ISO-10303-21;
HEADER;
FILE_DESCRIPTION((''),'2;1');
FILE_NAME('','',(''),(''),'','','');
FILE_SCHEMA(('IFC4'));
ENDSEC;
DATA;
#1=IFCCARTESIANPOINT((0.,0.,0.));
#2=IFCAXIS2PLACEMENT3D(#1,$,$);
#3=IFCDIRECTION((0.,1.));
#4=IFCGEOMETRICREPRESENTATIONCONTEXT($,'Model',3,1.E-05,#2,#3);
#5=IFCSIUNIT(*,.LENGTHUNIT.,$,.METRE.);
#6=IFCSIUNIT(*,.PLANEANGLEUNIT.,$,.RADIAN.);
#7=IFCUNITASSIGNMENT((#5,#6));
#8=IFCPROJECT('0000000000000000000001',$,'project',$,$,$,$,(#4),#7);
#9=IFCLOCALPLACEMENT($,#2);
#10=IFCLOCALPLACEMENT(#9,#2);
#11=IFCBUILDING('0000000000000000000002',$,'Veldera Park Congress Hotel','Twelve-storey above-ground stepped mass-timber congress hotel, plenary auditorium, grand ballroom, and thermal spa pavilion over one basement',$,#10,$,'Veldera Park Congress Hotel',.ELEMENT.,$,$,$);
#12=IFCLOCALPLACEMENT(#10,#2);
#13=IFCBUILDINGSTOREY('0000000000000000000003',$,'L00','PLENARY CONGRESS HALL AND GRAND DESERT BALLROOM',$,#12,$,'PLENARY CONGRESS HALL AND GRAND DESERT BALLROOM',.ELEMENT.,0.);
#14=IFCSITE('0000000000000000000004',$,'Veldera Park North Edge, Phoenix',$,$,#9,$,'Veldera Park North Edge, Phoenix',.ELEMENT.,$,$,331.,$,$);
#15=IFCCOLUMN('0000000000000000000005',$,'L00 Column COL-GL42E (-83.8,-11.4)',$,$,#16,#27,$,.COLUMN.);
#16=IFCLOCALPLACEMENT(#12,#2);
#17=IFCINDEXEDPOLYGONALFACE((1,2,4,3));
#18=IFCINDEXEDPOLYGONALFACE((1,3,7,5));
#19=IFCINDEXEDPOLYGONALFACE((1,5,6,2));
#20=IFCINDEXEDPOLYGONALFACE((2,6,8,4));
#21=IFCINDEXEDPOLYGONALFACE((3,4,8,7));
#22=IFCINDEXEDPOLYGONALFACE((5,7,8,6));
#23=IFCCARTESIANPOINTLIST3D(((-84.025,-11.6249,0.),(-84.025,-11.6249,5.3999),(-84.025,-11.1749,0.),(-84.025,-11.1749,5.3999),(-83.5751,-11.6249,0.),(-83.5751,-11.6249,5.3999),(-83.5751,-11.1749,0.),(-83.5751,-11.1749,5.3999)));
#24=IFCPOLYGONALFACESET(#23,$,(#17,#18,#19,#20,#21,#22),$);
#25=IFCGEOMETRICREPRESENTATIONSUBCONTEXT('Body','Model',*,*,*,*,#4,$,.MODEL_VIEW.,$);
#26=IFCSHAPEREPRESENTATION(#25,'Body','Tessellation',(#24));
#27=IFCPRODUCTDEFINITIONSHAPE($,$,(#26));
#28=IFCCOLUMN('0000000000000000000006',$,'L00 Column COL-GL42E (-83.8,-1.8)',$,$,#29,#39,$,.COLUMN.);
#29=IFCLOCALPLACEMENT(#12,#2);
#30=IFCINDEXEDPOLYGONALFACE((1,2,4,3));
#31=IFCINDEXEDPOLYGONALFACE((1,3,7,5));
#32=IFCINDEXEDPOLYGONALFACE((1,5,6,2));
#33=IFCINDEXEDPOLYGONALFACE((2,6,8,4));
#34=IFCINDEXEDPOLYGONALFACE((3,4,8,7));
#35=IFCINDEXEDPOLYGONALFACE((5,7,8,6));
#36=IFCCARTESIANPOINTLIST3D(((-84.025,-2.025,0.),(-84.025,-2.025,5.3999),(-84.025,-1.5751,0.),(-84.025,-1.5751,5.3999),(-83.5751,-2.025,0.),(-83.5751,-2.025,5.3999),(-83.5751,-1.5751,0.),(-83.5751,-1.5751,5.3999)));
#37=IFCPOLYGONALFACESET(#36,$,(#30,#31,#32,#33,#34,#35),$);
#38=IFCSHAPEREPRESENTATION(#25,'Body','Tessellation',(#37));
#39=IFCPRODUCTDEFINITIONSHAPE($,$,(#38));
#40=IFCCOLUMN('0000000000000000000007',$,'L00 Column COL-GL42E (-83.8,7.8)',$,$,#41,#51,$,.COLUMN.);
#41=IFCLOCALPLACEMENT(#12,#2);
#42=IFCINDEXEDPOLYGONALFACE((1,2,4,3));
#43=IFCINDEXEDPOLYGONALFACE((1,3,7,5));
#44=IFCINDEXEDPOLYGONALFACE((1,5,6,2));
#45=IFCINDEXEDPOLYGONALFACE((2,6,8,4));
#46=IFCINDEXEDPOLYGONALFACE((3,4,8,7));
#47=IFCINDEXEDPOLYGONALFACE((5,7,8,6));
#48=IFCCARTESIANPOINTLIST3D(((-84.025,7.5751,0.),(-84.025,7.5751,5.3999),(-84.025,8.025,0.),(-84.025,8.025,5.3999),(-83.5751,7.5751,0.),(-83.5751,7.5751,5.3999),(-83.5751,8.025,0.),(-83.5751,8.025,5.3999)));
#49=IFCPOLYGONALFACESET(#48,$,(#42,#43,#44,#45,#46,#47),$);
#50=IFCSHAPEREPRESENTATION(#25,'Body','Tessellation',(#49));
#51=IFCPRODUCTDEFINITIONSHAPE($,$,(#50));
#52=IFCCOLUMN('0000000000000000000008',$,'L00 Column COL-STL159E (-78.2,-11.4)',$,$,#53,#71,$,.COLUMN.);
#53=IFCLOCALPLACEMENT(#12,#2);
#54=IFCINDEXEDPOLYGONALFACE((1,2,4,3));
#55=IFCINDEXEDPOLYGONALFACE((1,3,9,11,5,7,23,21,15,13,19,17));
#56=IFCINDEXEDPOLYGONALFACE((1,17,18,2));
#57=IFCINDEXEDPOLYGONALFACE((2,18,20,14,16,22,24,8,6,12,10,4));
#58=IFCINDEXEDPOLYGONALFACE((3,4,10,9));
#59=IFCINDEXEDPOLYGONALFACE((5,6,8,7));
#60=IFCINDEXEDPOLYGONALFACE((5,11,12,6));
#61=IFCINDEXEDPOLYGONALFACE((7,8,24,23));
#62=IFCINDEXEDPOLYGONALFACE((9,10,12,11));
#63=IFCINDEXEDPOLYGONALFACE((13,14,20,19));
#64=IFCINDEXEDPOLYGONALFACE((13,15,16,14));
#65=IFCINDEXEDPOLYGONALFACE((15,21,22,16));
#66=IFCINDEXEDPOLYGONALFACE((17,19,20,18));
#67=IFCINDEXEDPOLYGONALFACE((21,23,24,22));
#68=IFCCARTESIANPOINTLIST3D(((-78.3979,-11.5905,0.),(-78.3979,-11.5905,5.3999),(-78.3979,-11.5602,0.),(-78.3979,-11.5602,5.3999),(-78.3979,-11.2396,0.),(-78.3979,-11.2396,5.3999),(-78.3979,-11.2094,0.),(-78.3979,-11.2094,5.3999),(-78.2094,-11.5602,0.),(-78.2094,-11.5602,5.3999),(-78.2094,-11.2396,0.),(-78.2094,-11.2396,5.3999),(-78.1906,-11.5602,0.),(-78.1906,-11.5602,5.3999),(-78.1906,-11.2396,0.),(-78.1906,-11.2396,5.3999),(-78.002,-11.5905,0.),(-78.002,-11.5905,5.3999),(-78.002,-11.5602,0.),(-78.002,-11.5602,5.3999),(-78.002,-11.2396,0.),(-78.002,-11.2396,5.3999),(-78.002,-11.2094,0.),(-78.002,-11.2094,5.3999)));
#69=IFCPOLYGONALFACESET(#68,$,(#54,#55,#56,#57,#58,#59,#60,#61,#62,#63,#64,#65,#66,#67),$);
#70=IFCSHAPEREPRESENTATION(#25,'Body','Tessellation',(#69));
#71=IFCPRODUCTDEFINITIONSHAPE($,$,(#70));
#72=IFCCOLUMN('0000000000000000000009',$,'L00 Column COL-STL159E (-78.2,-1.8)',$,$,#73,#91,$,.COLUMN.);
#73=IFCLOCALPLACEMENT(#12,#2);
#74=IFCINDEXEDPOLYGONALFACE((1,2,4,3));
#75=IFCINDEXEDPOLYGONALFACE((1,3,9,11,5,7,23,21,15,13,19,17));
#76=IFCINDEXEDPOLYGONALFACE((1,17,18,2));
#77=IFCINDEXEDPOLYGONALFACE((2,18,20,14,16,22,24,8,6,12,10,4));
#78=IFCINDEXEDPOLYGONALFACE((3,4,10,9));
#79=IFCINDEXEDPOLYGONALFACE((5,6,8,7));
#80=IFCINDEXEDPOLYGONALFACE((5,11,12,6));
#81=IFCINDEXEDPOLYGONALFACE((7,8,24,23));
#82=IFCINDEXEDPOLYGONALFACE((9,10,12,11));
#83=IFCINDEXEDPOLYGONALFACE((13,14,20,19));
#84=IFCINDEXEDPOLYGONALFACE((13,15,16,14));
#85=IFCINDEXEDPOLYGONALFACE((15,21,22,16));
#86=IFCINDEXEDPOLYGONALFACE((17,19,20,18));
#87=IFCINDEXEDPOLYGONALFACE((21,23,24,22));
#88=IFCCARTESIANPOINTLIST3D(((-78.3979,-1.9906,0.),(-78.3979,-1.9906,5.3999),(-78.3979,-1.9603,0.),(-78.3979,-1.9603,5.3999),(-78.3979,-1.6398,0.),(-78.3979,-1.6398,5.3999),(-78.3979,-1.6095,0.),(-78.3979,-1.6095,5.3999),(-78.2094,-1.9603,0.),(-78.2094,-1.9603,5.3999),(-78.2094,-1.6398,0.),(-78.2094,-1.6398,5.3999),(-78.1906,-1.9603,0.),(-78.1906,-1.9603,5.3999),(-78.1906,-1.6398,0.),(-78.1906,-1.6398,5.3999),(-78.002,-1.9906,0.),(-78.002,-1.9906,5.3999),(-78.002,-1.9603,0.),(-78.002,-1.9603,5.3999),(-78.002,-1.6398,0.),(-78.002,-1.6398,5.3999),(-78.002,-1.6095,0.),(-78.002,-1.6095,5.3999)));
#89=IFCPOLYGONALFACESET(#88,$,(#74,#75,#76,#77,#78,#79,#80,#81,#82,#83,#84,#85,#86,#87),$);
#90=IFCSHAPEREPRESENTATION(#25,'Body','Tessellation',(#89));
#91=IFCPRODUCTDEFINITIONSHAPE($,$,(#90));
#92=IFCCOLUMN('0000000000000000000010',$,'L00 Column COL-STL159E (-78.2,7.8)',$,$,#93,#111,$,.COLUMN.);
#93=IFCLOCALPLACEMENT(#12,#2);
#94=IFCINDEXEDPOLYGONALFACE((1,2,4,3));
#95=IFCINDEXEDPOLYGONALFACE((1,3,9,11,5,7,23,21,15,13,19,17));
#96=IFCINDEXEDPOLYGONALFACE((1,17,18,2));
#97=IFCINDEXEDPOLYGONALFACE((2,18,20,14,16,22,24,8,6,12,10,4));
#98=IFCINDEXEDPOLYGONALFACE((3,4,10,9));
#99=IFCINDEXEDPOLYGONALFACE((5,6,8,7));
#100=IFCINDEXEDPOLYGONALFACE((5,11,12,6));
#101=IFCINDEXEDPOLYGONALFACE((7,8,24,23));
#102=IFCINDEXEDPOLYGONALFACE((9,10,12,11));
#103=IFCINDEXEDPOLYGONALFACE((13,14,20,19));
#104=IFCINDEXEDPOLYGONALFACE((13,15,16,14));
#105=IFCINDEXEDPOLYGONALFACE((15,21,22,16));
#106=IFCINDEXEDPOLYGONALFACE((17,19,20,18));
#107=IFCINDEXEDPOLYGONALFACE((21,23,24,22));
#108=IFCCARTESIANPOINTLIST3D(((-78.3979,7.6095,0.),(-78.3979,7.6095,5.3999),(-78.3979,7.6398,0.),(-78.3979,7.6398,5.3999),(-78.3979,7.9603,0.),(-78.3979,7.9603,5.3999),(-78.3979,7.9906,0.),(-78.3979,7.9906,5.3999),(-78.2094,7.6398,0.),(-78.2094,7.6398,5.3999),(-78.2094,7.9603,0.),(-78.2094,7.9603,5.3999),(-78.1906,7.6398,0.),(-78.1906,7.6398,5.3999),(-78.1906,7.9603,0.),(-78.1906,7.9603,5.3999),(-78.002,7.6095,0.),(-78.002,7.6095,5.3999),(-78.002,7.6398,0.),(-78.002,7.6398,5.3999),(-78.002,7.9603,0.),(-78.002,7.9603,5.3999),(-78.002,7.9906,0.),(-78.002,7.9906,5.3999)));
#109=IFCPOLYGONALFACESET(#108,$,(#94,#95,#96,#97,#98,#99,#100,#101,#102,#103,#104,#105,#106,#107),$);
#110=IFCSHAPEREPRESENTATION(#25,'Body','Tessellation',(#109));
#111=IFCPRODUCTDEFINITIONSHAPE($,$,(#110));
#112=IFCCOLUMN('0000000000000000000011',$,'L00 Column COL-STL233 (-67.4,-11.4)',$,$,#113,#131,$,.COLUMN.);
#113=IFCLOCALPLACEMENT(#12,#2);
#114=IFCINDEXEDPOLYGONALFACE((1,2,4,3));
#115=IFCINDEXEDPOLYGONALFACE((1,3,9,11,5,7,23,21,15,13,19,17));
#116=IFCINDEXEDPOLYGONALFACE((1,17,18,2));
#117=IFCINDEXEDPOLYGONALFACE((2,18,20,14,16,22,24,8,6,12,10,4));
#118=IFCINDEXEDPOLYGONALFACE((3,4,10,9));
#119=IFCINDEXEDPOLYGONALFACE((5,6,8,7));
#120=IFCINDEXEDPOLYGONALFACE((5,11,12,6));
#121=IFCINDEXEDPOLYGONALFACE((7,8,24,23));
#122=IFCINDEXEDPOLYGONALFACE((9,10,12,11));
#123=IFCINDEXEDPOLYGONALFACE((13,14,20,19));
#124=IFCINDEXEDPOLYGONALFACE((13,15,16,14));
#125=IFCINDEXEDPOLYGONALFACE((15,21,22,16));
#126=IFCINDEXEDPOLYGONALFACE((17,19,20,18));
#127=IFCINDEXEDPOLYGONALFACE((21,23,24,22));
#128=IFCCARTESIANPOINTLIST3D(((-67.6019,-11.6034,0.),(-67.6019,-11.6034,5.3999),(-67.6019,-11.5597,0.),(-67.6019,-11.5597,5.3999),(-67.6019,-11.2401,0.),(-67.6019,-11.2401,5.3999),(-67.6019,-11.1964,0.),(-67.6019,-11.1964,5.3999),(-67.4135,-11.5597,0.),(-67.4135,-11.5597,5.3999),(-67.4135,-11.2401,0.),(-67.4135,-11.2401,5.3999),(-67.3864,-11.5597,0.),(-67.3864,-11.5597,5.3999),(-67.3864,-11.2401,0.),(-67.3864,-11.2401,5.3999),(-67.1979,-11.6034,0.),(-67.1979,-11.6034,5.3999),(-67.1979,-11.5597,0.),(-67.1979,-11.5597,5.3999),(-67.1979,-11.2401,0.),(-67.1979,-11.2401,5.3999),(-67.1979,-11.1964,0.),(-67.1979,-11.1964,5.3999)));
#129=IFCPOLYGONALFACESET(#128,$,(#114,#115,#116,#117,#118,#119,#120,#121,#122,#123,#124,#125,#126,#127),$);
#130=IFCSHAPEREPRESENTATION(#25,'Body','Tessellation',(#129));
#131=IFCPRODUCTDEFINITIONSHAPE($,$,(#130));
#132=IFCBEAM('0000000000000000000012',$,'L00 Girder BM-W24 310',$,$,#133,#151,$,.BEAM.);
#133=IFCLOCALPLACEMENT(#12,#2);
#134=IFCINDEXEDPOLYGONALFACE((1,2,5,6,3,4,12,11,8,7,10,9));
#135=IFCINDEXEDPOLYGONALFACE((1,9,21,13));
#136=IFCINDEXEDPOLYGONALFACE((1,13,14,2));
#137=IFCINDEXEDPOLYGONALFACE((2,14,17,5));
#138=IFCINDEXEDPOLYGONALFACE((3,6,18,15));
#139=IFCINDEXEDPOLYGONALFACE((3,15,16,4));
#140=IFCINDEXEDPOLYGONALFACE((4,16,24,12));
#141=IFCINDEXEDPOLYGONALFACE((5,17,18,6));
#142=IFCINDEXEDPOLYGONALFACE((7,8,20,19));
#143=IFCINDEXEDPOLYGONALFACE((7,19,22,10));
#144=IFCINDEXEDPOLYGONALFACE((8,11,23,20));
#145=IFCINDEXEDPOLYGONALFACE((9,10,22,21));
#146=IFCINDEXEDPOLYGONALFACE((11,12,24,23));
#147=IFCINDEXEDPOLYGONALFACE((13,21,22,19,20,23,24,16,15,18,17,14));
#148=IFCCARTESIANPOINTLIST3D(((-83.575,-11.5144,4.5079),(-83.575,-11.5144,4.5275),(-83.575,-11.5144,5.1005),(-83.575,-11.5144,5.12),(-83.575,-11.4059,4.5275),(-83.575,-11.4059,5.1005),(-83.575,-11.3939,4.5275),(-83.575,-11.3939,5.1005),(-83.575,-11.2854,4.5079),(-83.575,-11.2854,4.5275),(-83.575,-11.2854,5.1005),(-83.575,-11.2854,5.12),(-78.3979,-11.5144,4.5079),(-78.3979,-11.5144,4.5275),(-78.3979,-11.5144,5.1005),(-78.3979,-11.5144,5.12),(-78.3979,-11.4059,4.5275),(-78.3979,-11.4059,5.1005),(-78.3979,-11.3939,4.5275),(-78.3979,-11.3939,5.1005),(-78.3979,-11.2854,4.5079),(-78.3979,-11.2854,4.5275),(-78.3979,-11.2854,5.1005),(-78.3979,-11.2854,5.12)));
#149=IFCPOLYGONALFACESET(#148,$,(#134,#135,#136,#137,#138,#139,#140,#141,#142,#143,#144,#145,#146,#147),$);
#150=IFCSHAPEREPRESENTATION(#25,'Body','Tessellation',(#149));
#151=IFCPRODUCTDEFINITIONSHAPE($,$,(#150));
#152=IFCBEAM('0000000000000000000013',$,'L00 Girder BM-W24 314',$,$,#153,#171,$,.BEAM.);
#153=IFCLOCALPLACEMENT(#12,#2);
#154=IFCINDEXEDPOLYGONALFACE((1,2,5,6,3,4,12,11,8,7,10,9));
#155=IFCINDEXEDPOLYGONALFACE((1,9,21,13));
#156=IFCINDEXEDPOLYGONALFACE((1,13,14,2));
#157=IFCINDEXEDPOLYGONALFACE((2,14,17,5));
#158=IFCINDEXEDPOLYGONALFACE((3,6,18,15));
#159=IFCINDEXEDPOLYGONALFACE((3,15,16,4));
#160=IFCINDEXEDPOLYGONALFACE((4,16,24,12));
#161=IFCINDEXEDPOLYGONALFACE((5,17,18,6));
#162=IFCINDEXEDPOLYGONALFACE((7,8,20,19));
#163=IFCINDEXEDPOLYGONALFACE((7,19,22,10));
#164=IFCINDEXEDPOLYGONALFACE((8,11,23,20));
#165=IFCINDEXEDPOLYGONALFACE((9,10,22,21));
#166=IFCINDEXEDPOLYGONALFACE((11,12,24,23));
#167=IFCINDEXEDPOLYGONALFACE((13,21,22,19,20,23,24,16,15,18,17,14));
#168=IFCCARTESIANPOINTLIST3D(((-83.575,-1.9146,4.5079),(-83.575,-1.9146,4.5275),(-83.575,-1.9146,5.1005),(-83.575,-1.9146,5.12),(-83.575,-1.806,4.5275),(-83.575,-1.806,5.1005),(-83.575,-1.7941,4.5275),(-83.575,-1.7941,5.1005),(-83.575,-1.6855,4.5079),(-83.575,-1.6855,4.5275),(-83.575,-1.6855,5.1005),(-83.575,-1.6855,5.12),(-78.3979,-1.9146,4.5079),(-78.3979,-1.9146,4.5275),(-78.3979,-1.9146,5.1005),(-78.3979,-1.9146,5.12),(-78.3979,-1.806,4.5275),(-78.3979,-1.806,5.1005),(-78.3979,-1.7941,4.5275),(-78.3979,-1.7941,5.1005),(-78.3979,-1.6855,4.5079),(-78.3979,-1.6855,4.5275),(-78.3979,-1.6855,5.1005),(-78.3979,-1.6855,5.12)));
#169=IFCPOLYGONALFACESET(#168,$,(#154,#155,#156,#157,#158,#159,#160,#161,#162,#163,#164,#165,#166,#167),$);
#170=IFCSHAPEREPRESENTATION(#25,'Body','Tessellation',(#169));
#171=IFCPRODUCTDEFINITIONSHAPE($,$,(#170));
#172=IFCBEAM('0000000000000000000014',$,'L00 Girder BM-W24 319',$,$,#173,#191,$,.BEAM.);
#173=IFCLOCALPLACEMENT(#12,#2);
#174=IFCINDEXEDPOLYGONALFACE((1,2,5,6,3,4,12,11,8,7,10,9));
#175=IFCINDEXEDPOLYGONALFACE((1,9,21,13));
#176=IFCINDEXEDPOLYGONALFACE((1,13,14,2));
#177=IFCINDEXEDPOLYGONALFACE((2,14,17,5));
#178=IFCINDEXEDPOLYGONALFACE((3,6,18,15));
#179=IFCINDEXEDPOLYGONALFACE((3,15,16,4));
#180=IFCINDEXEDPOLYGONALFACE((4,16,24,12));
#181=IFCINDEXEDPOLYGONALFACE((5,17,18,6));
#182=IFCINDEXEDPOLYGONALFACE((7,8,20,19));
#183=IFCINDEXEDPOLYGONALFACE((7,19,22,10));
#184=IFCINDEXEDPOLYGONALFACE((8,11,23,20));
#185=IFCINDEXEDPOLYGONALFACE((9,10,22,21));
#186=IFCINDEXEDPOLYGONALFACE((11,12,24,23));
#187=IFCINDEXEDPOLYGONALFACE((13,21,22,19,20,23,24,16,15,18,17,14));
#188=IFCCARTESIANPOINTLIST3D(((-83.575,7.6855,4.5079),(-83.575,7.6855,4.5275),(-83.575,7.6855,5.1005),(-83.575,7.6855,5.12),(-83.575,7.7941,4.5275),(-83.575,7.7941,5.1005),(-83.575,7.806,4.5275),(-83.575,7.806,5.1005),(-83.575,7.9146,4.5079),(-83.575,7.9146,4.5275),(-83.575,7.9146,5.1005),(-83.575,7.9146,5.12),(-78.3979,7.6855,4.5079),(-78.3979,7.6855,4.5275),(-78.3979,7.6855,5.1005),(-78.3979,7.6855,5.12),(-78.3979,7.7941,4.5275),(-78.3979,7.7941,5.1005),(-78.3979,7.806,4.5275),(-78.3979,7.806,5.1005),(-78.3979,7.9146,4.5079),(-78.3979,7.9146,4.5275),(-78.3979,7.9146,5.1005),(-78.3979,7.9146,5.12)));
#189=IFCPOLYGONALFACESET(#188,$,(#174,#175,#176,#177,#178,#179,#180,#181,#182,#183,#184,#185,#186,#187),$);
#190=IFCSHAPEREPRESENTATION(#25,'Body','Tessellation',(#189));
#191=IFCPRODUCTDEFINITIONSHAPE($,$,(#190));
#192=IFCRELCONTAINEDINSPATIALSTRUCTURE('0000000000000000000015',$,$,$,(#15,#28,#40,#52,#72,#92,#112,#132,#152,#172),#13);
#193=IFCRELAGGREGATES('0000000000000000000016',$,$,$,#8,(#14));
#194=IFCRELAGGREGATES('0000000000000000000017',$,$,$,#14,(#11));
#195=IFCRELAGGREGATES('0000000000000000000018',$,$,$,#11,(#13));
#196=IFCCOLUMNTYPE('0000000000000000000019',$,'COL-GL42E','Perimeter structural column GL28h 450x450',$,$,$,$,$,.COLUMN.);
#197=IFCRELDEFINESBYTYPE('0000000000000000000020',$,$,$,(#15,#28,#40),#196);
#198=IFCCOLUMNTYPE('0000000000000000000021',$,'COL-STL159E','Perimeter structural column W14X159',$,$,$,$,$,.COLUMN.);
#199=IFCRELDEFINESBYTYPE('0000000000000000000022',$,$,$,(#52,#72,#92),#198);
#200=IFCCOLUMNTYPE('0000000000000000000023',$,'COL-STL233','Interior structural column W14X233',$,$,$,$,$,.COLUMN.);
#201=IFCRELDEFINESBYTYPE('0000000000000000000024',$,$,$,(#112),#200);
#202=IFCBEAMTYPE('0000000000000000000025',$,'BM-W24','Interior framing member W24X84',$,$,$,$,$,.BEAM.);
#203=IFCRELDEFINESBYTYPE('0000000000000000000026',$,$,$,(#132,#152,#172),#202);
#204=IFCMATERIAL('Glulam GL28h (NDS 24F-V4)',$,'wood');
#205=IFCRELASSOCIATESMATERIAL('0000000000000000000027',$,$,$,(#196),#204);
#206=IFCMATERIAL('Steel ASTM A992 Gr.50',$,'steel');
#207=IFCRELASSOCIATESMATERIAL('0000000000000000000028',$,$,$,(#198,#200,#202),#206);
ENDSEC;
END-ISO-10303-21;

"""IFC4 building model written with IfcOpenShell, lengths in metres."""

from ifc_helpers import new_model, si_unit, direction, frame, origin, origin_2d, place, context, subcontext, project, spatial, rectangle, i_section, extrude, material, material_profile, profile_set, type_object, element, save


model = new_model("IFC4")

# Units and contexts
model_context = context("Model", 3, precision=1e-05, world=origin(), true_north=direction((0.0, 1.0)))
body_context = subcontext(model_context, "Body", "Model", "MODEL_VIEW")
ifc_project = project(units=[si_unit("LENGTHUNIT", "METRE"), si_unit("PLANEANGLEUNIT", "RADIAN")], contexts=[model_context])

# Site, building, storey
site_placement = place(None, origin())
site = spatial("IfcSite", under=ifc_project, at=site_placement, Name="Veldera Park North Edge, Phoenix", LongName="Veldera Park North Edge, Phoenix", CompositionType="ELEMENT", RefElevation=331.0)
building_placement = place(site_placement, origin())
building = spatial("IfcBuilding", under=site, at=building_placement, Name="Veldera Park Congress Hotel", Description="Twelve-storey above-ground stepped mass-timber congress hotel, plenary auditorium, grand ballroom, and thermal spa pavilion over one basement", LongName="Veldera Park Congress Hotel", CompositionType="ELEMENT")
storey_placement = place(building_placement, origin())
storey = spatial("IfcBuildingStorey", under=building, at=storey_placement, Name="L00", Description="PLENARY CONGRESS HALL AND GRAND DESERT BALLROOM", LongName="PLENARY CONGRESS HALL AND GRAND DESERT BALLROOM", CompositionType="ELEMENT", Elevation=0.0)

# Columns
ifc_material_1 = material(Name="Glulam GL28h (NDS 24F-V4)", Category="wood")
ifc_material_profile_1 = material_profile(ifc_material_1, rectangle(XDim=0.45, YDim=0.45, at=origin_2d()), Name="GL28h 450x450")
ifc_profile_set_1 = profile_set([ifc_material_profile_1], Name="Glulam GL28h (NDS 24F-V4)")
column_type_1 = type_object("IfcColumnType", Name="COL-GL42E", Description="Perimeter structural column GL28h 450x450", PredefinedType="COLUMN", material=ifc_profile_set_1)
for number, where, z_axis, x_axis, name in (
    (1, (-83.8, -11.3999, 0.0), (0.0, 0.0, 1.0), (1.0, 0.0, 0.0), "L00 Column COL-GL42E (-83.8,-11.4)"),
    (2, (-83.8, -1.8, 0.0), (0.0, 0.0, 1.0), (1.0, 0.0, 0.0), "L00 Column COL-GL42E (-83.8,-1.8)"),
    (3, (-83.8, 7.8, 0.0), (0.0, 0.0, 1.0), (1.0, 0.0, 0.0), "L00 Column COL-GL42E (-83.8,7.8)"),
):
    element("IfcColumn", number, at=place(storey_placement, frame(where, z_axis=z_axis, x_axis=x_axis)), inside=storey, type_object=column_type_1, Name=name, PredefinedType="COLUMN", context=body_context, shape_type="SweptSolid", body=[
        extrude(rectangle(XDim=0.45, YDim=0.45, at=origin_2d()), origin(), (0.0, 0.0, 1.0), 5.3999),
    ])
ifc_material_2 = material(Name="Steel ASTM A992 Gr.50", Category="steel")
ifc_material_profile_2 = material_profile(ifc_material_2, i_section(OverallWidth=0.396, OverallDepth=0.3811, WebThickness=0.0188, FlangeThickness=0.0303, at=origin_2d()), Name="W14X159")
ifc_profile_set_2 = profile_set([ifc_material_profile_2], Name="Steel ASTM A992 Gr.50")
column_type_2 = type_object("IfcColumnType", Name="COL-STL159E", Description="Perimeter structural column W14X159", PredefinedType="COLUMN", material=ifc_profile_set_2)
for number, where, z_axis, x_axis, name in (
    (4, (-78.2, -11.3999, 0.0), (0.0, 0.0, 1.0), (1.0, 0.0, 0.0), "L00 Column COL-STL159E (-78.2,-11.4)"),
    (5, (-78.2, -1.8, 0.0), (0.0, 0.0, 1.0), (1.0, 0.0, 0.0), "L00 Column COL-STL159E (-78.2,-1.8)"),
    (6, (-78.2, 7.8, 0.0), (0.0, 0.0, 1.0), (1.0, 0.0, 0.0), "L00 Column COL-STL159E (-78.2,7.8)"),
):
    element("IfcColumn", number, at=place(storey_placement, frame(where, z_axis=z_axis, x_axis=x_axis)), inside=storey, type_object=column_type_2, Name=name, PredefinedType="COLUMN", context=body_context, shape_type="SweptSolid", body=[
        extrude(i_section(OverallWidth=0.396, OverallDepth=0.3811, WebThickness=0.0188, FlangeThickness=0.0303, at=origin_2d()), origin(), (0.0, 0.0, 1.0), 5.3999),
    ])
ifc_material_profile_3 = material_profile(ifc_material_2, i_section(OverallWidth=0.4041, OverallDepth=0.407, WebThickness=0.0271, FlangeThickness=0.0437, at=origin_2d()), Name="W14X233")
ifc_profile_set_3 = profile_set([ifc_material_profile_3], Name="Steel ASTM A992 Gr.50")
column_type_3 = type_object("IfcColumnType", Name="COL-STL233", Description="Interior structural column W14X233", PredefinedType="COLUMN", material=ifc_profile_set_3)
column_placement = place(storey_placement, frame((-67.3999, -11.3999, 0.0), z_axis=(0.0, 0.0, 1.0), x_axis=(1.0, 0.0, 0.0)))
element("IfcColumn", 7, at=column_placement, inside=storey, type_object=column_type_3, Name="L00 Column COL-STL233 (-67.4,-11.4)", PredefinedType="COLUMN", context=body_context, shape_type="SweptSolid", body=[
    extrude(i_section(OverallWidth=0.4041, OverallDepth=0.407, WebThickness=0.0271, FlangeThickness=0.0437, at=origin_2d()), origin(), (0.0, 0.0, 1.0), 5.3999),
])

# Beams
ifc_material_profile_4 = material_profile(ifc_material_2, i_section(OverallWidth=0.229, OverallDepth=0.6121, WebThickness=0.012, FlangeThickness=0.0195, at=origin_2d()), Name="W24X84")
ifc_profile_set_4 = profile_set([ifc_material_profile_4], Name="Steel ASTM A992 Gr.50")
beam_type_1 = type_object("IfcBeamType", Name="BM-W24", Description="Interior framing member W24X84", PredefinedType="BEAM", material=ifc_profile_set_4)
for number, where, z_axis, x_axis, name in (
    (8, (-83.575, -11.3999, 4.814), (1.0, 0.0, 0.0), (0.0, 1.0, 0.0), "L00 Girder BM-W24 310"),
    (9, (-83.575, -1.8, 4.814), (1.0, 0.0, 0.0), (0.0, 1.0, 0.0), "L00 Girder BM-W24 314"),
    (10, (-83.575, 7.8, 4.814), (1.0, 0.0, 0.0), (0.0, 1.0, 0.0), "L00 Girder BM-W24 319"),
):
    element("IfcBeam", number, at=place(storey_placement, frame(where, z_axis=z_axis, x_axis=x_axis)), inside=storey, type_object=beam_type_1, Name=name, PredefinedType="BEAM", context=body_context, shape_type="SweptSolid", body=[
        extrude(i_section(OverallWidth=0.229, OverallDepth=0.6121, WebThickness=0.012, FlangeThickness=0.0195, at=origin_2d()), origin(), (0.0, 0.0, 1.0), 5.177),
    ])

save(model, "model.ifc")
